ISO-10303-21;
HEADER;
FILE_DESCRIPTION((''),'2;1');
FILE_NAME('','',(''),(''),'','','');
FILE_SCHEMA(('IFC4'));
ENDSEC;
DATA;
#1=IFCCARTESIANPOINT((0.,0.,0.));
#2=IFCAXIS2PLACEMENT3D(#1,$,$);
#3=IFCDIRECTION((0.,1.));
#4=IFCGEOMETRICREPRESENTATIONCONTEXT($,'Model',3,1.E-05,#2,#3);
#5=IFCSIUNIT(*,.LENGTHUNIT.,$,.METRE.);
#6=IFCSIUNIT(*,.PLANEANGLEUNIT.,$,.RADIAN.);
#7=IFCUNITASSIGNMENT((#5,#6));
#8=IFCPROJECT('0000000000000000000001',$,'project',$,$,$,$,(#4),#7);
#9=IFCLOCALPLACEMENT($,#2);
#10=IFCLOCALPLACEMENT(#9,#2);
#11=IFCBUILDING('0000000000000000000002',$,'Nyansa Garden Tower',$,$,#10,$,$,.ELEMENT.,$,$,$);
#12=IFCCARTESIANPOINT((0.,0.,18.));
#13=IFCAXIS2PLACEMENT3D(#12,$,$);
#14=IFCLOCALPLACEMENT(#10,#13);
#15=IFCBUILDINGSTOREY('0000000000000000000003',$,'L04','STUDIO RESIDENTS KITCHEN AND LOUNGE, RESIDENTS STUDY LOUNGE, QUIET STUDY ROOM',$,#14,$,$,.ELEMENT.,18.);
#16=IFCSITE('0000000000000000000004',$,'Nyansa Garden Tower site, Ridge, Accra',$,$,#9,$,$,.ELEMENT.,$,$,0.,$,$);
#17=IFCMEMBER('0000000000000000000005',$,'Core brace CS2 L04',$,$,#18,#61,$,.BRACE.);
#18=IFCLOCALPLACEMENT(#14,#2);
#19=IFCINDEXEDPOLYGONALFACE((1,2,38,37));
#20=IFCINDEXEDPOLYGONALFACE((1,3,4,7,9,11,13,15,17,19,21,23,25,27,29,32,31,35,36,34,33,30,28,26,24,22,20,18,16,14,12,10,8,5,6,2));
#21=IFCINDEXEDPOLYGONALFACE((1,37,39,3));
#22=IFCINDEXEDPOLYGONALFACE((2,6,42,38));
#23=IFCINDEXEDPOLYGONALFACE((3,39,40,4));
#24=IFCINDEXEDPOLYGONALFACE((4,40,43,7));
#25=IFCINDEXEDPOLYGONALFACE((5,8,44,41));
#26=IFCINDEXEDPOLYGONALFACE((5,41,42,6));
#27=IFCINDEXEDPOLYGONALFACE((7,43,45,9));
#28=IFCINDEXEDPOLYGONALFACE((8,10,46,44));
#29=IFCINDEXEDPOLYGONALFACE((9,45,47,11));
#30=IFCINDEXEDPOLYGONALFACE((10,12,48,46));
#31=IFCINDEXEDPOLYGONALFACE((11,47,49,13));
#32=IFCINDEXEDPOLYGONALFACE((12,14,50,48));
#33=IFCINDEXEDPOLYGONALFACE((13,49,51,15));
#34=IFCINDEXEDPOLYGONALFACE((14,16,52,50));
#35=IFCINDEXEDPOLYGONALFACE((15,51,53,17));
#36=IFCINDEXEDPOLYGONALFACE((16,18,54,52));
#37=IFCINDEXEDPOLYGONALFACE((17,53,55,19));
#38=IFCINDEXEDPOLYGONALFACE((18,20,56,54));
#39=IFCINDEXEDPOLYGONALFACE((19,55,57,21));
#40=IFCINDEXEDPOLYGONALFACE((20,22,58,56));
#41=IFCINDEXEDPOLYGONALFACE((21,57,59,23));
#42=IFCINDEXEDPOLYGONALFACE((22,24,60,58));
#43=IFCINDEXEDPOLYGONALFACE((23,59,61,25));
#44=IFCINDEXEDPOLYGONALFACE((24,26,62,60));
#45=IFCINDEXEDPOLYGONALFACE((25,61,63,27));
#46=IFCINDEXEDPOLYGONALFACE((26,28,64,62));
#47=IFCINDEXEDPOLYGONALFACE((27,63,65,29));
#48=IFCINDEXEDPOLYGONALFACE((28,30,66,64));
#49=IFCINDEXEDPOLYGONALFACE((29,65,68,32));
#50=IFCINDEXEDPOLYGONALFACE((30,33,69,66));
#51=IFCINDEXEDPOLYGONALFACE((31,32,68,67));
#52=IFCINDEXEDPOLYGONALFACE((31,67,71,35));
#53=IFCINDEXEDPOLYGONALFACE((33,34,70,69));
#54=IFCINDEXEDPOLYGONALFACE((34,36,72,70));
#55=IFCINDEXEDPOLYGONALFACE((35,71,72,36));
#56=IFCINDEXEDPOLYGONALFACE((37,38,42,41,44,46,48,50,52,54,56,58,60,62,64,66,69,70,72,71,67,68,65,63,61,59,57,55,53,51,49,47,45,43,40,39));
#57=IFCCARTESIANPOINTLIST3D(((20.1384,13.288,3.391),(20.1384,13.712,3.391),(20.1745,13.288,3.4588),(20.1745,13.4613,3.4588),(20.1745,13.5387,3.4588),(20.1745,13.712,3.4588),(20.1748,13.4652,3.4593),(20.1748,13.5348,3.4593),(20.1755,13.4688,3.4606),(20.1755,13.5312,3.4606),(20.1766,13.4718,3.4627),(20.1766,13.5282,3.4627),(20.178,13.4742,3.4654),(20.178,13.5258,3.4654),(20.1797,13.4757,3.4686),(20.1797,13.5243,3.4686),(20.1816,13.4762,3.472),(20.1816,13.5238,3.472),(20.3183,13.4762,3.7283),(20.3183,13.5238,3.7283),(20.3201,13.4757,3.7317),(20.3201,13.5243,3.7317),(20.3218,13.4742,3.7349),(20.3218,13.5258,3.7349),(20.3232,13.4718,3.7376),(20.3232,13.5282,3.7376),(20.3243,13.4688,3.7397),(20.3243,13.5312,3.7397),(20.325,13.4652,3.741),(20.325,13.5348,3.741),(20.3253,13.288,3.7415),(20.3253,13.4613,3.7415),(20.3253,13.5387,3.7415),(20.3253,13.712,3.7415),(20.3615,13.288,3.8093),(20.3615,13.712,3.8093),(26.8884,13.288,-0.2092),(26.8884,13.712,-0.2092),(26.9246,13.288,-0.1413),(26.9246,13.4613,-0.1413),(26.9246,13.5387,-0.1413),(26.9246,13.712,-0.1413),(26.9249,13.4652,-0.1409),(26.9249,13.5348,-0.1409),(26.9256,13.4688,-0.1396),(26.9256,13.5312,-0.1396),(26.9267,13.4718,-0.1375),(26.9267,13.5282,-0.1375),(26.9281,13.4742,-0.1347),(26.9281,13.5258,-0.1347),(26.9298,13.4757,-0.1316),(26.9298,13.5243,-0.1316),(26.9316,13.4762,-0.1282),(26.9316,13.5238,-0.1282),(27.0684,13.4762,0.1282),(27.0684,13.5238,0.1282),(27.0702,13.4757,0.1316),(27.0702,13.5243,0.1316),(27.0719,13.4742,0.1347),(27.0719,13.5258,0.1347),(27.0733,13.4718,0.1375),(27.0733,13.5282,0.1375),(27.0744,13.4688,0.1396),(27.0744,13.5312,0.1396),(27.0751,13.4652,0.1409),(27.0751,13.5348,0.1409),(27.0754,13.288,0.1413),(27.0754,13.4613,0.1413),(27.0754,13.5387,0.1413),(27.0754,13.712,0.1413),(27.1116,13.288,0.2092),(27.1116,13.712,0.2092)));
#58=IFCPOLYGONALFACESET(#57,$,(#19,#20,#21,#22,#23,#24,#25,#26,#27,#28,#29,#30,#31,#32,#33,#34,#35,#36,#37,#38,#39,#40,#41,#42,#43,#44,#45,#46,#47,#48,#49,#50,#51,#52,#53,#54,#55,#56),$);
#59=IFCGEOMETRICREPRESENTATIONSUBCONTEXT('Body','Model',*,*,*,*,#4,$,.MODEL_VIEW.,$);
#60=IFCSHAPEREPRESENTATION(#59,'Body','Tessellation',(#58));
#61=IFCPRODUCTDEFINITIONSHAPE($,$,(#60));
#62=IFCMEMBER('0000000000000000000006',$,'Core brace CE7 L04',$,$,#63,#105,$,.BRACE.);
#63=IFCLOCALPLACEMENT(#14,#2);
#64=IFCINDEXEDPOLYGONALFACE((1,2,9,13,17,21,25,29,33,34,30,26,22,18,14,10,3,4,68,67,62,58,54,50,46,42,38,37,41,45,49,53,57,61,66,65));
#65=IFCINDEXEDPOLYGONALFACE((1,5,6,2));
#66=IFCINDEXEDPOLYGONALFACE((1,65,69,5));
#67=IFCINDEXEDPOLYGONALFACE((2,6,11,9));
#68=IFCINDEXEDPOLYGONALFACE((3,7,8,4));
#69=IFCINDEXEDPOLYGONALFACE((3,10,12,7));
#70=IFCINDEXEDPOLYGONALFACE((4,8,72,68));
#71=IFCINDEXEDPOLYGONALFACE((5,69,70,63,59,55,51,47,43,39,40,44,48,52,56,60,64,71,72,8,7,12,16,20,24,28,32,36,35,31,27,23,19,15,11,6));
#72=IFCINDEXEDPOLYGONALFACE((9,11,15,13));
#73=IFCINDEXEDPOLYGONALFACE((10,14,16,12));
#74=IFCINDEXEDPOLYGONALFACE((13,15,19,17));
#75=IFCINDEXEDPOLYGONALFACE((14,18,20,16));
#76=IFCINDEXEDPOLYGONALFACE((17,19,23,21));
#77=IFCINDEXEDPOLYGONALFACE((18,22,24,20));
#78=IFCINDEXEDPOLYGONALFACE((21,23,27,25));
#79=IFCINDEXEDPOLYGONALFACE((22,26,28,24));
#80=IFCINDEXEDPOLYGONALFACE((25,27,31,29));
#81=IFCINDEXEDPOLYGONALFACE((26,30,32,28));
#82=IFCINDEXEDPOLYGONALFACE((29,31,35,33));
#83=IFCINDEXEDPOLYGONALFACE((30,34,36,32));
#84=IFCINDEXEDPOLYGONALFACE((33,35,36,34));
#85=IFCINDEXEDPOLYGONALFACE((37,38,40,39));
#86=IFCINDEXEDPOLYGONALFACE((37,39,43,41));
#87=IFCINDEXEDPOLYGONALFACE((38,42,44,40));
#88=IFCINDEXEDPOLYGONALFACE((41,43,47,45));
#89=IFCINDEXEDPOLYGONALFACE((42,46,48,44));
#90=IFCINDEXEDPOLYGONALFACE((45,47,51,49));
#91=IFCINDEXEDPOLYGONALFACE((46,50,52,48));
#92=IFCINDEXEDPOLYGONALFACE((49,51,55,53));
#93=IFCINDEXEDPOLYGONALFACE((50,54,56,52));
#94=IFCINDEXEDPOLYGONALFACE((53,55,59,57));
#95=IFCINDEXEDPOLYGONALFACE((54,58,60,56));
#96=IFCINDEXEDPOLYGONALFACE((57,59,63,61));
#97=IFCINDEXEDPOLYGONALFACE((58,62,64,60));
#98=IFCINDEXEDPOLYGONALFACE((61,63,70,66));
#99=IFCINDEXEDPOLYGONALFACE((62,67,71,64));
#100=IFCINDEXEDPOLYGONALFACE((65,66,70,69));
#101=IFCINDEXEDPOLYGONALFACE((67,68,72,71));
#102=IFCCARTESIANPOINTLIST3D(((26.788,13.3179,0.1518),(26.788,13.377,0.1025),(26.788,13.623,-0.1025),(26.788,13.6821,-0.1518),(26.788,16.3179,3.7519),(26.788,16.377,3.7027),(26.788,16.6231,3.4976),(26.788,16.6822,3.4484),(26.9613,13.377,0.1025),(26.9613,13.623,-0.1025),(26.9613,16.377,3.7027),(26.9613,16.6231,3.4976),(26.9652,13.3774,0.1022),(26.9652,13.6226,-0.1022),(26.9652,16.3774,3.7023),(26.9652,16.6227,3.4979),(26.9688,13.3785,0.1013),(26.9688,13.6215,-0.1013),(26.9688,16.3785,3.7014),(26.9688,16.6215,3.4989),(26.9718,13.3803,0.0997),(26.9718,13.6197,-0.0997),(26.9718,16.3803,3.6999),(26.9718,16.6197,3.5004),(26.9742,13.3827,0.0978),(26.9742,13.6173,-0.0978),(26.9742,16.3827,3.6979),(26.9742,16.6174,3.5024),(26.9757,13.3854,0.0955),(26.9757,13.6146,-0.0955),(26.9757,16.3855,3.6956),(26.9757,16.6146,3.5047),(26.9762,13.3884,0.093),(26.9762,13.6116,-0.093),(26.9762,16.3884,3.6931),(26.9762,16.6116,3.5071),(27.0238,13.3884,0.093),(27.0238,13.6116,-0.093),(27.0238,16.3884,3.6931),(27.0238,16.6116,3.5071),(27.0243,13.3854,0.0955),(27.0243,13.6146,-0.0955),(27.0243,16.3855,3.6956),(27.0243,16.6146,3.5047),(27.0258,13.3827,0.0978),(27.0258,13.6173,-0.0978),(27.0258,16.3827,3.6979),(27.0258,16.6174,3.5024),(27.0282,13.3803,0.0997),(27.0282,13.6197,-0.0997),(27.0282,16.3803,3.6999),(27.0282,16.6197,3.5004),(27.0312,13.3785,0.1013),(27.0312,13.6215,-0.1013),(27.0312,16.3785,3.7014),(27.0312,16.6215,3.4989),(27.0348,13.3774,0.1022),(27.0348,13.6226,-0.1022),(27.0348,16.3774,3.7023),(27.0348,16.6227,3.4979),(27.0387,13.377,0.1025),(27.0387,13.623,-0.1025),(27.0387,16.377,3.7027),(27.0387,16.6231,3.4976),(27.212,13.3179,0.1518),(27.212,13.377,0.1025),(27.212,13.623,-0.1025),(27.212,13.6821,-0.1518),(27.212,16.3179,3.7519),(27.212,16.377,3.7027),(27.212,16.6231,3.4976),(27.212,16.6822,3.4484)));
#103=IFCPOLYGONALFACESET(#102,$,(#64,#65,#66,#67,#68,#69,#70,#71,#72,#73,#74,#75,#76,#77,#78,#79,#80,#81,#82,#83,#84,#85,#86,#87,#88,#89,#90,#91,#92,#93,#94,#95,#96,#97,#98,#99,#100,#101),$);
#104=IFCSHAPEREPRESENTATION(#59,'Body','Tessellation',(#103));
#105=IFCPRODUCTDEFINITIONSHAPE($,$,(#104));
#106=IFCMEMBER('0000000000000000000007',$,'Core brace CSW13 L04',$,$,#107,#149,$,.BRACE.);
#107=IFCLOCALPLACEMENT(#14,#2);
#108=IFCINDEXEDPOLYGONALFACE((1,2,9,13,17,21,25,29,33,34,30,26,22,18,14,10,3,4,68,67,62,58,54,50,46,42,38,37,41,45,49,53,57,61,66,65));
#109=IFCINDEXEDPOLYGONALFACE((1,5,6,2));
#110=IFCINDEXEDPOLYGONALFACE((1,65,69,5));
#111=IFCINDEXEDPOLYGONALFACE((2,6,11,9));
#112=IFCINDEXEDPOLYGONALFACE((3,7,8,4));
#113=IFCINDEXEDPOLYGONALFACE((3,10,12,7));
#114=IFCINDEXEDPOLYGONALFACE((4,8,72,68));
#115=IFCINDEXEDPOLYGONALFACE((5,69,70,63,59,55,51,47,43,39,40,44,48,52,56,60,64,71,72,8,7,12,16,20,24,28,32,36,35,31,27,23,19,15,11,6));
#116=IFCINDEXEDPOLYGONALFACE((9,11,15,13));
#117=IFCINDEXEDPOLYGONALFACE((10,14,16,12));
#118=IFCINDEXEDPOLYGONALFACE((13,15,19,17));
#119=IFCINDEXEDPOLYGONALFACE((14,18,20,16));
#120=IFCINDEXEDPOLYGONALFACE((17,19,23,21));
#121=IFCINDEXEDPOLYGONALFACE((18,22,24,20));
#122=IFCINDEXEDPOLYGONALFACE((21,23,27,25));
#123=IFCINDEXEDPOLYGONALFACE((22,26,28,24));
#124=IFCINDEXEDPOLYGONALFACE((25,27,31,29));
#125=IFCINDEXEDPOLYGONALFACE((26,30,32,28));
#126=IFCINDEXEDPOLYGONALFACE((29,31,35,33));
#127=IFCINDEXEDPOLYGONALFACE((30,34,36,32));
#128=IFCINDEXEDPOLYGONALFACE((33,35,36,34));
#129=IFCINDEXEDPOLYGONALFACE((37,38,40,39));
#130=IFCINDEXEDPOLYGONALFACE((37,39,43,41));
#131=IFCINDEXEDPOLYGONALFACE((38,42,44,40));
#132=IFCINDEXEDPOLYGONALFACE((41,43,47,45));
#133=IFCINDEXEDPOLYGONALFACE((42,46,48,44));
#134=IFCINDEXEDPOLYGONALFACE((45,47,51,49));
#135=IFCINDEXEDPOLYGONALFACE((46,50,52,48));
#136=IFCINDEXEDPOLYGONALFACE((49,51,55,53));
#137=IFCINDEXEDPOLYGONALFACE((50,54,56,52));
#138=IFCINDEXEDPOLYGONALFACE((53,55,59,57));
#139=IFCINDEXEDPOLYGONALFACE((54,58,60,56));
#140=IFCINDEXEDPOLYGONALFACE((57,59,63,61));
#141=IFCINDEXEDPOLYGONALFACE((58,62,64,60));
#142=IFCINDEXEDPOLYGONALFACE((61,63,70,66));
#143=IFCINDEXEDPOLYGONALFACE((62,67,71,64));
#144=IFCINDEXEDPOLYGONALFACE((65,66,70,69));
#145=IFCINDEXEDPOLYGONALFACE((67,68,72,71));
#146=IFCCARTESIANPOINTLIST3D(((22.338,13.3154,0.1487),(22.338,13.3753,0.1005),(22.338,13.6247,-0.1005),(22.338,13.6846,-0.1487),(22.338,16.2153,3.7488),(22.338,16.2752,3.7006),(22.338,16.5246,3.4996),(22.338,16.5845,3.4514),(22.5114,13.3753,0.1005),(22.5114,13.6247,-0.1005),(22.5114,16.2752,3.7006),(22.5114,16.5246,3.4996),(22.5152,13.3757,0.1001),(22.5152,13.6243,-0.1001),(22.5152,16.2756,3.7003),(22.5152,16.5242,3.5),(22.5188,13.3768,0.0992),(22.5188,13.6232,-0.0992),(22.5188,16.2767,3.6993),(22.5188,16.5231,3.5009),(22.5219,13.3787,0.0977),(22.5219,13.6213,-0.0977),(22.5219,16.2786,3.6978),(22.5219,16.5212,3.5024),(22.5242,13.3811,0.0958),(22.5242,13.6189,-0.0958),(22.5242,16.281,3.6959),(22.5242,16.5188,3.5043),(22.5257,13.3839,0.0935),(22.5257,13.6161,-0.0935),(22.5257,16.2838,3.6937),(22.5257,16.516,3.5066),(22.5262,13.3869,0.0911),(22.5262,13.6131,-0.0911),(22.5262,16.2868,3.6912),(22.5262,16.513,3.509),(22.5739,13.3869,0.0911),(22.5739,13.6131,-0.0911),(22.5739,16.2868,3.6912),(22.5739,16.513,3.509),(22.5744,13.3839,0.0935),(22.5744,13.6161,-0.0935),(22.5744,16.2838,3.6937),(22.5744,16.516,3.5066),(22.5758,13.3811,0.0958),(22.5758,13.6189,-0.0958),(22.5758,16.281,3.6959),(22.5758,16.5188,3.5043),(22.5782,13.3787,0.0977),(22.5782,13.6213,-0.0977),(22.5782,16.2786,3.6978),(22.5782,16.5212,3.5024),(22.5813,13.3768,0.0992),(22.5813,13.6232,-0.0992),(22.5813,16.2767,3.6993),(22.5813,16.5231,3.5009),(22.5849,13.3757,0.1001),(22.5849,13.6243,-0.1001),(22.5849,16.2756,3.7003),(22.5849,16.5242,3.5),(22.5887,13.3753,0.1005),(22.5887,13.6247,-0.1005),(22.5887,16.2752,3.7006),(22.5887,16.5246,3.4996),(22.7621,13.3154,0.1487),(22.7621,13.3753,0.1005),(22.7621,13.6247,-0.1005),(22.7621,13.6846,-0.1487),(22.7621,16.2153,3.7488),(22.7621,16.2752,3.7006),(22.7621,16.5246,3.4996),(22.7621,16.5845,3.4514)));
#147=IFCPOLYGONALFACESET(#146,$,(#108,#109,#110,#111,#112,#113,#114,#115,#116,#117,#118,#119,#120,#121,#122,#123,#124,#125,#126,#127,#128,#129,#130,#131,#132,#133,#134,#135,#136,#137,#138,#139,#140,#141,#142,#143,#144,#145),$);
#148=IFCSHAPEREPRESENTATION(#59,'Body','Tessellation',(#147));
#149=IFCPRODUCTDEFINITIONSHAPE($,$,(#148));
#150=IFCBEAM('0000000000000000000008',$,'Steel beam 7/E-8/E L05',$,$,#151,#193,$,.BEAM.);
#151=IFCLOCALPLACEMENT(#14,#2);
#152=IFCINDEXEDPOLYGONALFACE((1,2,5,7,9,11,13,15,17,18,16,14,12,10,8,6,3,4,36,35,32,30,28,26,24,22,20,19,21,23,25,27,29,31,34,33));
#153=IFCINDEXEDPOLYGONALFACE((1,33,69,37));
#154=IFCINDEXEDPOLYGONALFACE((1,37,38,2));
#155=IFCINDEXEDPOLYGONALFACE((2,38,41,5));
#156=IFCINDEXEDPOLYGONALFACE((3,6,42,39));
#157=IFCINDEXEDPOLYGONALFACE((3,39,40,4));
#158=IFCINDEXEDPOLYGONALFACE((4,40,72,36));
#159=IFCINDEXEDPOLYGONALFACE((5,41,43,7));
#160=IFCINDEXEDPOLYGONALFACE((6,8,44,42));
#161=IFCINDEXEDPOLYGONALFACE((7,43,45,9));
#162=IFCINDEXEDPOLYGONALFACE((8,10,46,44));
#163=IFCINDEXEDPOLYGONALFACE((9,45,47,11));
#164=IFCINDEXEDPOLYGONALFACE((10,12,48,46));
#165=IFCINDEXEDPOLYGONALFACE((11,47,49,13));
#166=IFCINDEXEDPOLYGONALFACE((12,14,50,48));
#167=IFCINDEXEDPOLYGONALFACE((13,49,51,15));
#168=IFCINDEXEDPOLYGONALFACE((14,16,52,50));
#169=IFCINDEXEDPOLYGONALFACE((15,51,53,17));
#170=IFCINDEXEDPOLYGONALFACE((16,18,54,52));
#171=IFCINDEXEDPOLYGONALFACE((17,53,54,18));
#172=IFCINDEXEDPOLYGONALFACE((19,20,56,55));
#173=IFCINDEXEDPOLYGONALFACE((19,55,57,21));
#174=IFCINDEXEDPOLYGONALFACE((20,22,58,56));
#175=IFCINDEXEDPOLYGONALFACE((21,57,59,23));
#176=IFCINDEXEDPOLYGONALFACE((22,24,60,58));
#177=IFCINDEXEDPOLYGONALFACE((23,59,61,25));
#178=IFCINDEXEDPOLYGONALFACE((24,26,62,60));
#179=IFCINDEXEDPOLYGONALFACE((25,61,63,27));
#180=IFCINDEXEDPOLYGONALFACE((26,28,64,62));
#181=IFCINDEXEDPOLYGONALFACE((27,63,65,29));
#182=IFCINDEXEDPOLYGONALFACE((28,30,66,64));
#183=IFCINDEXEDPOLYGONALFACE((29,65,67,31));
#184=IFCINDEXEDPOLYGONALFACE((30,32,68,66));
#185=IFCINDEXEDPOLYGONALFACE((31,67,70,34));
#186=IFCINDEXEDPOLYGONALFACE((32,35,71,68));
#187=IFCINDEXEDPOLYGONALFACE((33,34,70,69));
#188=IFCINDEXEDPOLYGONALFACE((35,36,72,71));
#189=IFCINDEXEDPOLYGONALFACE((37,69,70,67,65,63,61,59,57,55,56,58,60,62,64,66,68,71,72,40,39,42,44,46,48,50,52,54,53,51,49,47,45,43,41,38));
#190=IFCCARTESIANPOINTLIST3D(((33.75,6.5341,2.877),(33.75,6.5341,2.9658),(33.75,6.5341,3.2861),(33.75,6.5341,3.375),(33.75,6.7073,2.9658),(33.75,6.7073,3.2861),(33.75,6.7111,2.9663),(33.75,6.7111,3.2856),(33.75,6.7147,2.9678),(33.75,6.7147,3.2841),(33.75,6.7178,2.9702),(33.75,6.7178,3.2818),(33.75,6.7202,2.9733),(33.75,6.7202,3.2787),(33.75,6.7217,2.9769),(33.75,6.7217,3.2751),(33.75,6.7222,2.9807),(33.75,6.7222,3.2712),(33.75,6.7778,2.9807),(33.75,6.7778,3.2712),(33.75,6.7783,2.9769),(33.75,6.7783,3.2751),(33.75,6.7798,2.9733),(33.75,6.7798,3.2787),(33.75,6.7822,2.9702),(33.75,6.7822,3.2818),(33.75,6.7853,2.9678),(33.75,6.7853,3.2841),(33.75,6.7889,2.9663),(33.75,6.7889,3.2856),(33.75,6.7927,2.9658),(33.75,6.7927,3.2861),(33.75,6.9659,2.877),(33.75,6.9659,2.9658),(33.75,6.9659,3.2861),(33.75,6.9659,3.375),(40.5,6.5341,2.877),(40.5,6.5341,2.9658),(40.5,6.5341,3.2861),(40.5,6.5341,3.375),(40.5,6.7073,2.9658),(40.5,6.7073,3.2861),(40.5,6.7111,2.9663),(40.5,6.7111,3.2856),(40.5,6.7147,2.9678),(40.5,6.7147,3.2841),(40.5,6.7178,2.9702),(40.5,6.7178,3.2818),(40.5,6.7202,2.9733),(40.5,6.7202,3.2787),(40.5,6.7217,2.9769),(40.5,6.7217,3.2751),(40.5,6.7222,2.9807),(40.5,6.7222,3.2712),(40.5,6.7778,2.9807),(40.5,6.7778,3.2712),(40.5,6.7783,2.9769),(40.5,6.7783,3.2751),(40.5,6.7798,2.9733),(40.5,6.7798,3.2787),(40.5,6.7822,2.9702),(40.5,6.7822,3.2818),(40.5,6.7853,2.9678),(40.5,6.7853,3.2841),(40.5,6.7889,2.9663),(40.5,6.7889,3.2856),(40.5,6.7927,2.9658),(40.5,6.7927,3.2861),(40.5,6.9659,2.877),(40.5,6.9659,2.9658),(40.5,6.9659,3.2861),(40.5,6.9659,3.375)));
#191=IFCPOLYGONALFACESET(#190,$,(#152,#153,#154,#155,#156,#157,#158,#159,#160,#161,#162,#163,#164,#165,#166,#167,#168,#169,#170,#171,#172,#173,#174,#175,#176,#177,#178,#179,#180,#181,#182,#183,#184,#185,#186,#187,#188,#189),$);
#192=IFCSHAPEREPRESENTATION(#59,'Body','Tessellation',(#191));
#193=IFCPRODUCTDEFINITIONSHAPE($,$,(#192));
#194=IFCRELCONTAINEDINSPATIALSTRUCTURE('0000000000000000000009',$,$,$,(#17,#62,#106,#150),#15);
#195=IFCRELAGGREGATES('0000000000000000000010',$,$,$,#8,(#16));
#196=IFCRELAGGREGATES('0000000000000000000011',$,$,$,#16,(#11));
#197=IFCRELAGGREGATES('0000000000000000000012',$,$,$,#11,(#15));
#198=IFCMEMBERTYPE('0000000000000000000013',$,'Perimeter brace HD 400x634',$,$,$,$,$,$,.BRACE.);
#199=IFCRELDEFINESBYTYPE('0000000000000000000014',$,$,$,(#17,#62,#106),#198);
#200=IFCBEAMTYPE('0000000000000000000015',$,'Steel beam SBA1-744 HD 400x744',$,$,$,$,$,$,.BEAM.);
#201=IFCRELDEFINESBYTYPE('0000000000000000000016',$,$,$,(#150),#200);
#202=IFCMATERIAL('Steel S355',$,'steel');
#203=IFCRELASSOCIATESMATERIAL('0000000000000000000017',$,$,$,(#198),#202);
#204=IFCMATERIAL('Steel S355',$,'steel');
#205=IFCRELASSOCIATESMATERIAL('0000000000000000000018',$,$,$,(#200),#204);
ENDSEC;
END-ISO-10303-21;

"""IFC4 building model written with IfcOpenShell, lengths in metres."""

from ifc_helpers import new_model, si_unit, direction, frame, origin, origin_2d, place, context, subcontext, project, spatial, i_section, extrude, material, material_profile, profile_set, type_object, element, save


model = new_model("IFC4")

# Units and contexts
model_context = context("Model", 3, precision=1e-05, world=origin(), true_north=direction((0.0, 1.0)))
body_context = subcontext(model_context, "Body", "Model", "MODEL_VIEW")
ifc_project = project(units=[si_unit("LENGTHUNIT", "METRE"), si_unit("PLANEANGLEUNIT", "RADIAN")], contexts=[model_context])

# Site, building, storey
site_placement = place(None, origin())
site = spatial("IfcSite", under=ifc_project, at=site_placement, Name="Nyansa Garden Tower site, Ridge, Accra", CompositionType="ELEMENT", RefElevation=0.0)
building_placement = place(site_placement, origin())
building = spatial("IfcBuilding", under=site, at=building_placement, Name="Nyansa Garden Tower", CompositionType="ELEMENT")
storey_placement = place(building_placement, frame((0.0, 0.0, 18.0)))
storey = spatial("IfcBuildingStorey", under=building, at=storey_placement, Name="L04", Description="STUDIO RESIDENTS KITCHEN AND LOUNGE, RESIDENTS STUDY LOUNGE, QUIET STUDY ROOM", CompositionType="ELEMENT", Elevation=18.0)

# Members
ifc_material_1 = material(Name="Steel S355", Category="steel")
ifc_material_profile_1 = material_profile(ifc_material_1, i_section(OverallWidth=0.4241, OverallDepth=0.4741, WebThickness=0.0476, FlangeThickness=0.0769, FilletRadius=0.0149, at=origin_2d()), Name="HD 400x634")
ifc_profile_set_1 = profile_set([ifc_material_profile_1], Name="Steel S355")
member_type = type_object("IfcMemberType", Name="Perimeter brace HD 400x634", PredefinedType="BRACE", material=ifc_profile_set_1)
member_1_placement = place(storey_placement, frame((27.0, 13.5, 0.0), z_axis=(-0.882348, 0.0, 0.470598), x_axis=(0.0, -1.0, 0.0)))
element("IfcMember", 1, at=member_1_placement, inside=storey, type_object=member_type, Name="Core brace CS2 L04", PredefinedType="BRACE", context=body_context, shape_type="SweptSolid", body=[
    extrude(i_section(OverallWidth=0.4241, OverallDepth=0.4741, WebThickness=0.0476, FlangeThickness=0.0769, FilletRadius=0.0149, at=origin_2d()), origin(), (0.0, 0.0, 1.0), 7.6501),
])
member_2_placement = place(storey_placement, frame((27.0, 13.5, 0.0), z_axis=(0.0, 0.640174, 0.76823), x_axis=(-1.0, 0.0, 0.0)))
element("IfcMember", 2, at=member_2_placement, inside=storey, type_object=member_type, Name="Core brace CE7 L04", PredefinedType="BRACE", context=body_context, shape_type="SweptSolid", body=[
    extrude(i_section(OverallWidth=0.4241, OverallDepth=0.4741, WebThickness=0.0476, FlangeThickness=0.0769, FilletRadius=0.0149, at=origin_2d()), origin(), (0.0, 0.0, 1.0), 4.6863),
])
member_3_placement = place(storey_placement, frame((22.55, 13.5, 0.0), z_axis=(0.0, 0.627306, 0.778773), x_axis=(-1.0, 0.0, 0.0)))
element("IfcMember", 3, at=member_3_placement, inside=storey, type_object=member_type, Name="Core brace CSW13 L04", PredefinedType="BRACE", context=body_context, shape_type="SweptSolid", body=[
    extrude(i_section(OverallWidth=0.4241, OverallDepth=0.4741, WebThickness=0.0476, FlangeThickness=0.0769, FilletRadius=0.0149, at=origin_2d()), origin(), (0.0, 0.0, 1.0), 4.6228),
])

# Beam
ifc_material_2 = material(Name="Steel S355", Category="steel")
ifc_material_profile_2 = material_profile(ifc_material_2, i_section(OverallWidth=0.4319, OverallDepth=0.498, WebThickness=0.0557, FlangeThickness=0.0889, FilletRadius=0.0149, at=origin_2d()), Name="HD 400x744")
ifc_profile_set_2 = profile_set([ifc_material_profile_2], Name="Steel S355")
beam_type_1 = type_object("IfcBeamType", Name="Steel beam SBA1-744 HD 400x744", PredefinedType="BEAM", material=ifc_profile_set_2)
beam_1_placement = place(storey_placement, frame((33.75, 6.75, 3.126), z_axis=(1.0, 0.0, 0.0), x_axis=(0.0, 1.0, 0.0)))
element("IfcBeam", 4, at=beam_1_placement, inside=storey, type_object=beam_type_1, Name="Steel beam 7/E-8/E L05", PredefinedType="BEAM", context=body_context, shape_type="SweptSolid", body=[
    extrude(i_section(OverallWidth=0.4319, OverallDepth=0.498, WebThickness=0.0557, FlangeThickness=0.0889, FilletRadius=0.0149, at=origin_2d()), origin(), (0.0, 0.0, 1.0), 6.75),
])

save(model, "model.ifc")
